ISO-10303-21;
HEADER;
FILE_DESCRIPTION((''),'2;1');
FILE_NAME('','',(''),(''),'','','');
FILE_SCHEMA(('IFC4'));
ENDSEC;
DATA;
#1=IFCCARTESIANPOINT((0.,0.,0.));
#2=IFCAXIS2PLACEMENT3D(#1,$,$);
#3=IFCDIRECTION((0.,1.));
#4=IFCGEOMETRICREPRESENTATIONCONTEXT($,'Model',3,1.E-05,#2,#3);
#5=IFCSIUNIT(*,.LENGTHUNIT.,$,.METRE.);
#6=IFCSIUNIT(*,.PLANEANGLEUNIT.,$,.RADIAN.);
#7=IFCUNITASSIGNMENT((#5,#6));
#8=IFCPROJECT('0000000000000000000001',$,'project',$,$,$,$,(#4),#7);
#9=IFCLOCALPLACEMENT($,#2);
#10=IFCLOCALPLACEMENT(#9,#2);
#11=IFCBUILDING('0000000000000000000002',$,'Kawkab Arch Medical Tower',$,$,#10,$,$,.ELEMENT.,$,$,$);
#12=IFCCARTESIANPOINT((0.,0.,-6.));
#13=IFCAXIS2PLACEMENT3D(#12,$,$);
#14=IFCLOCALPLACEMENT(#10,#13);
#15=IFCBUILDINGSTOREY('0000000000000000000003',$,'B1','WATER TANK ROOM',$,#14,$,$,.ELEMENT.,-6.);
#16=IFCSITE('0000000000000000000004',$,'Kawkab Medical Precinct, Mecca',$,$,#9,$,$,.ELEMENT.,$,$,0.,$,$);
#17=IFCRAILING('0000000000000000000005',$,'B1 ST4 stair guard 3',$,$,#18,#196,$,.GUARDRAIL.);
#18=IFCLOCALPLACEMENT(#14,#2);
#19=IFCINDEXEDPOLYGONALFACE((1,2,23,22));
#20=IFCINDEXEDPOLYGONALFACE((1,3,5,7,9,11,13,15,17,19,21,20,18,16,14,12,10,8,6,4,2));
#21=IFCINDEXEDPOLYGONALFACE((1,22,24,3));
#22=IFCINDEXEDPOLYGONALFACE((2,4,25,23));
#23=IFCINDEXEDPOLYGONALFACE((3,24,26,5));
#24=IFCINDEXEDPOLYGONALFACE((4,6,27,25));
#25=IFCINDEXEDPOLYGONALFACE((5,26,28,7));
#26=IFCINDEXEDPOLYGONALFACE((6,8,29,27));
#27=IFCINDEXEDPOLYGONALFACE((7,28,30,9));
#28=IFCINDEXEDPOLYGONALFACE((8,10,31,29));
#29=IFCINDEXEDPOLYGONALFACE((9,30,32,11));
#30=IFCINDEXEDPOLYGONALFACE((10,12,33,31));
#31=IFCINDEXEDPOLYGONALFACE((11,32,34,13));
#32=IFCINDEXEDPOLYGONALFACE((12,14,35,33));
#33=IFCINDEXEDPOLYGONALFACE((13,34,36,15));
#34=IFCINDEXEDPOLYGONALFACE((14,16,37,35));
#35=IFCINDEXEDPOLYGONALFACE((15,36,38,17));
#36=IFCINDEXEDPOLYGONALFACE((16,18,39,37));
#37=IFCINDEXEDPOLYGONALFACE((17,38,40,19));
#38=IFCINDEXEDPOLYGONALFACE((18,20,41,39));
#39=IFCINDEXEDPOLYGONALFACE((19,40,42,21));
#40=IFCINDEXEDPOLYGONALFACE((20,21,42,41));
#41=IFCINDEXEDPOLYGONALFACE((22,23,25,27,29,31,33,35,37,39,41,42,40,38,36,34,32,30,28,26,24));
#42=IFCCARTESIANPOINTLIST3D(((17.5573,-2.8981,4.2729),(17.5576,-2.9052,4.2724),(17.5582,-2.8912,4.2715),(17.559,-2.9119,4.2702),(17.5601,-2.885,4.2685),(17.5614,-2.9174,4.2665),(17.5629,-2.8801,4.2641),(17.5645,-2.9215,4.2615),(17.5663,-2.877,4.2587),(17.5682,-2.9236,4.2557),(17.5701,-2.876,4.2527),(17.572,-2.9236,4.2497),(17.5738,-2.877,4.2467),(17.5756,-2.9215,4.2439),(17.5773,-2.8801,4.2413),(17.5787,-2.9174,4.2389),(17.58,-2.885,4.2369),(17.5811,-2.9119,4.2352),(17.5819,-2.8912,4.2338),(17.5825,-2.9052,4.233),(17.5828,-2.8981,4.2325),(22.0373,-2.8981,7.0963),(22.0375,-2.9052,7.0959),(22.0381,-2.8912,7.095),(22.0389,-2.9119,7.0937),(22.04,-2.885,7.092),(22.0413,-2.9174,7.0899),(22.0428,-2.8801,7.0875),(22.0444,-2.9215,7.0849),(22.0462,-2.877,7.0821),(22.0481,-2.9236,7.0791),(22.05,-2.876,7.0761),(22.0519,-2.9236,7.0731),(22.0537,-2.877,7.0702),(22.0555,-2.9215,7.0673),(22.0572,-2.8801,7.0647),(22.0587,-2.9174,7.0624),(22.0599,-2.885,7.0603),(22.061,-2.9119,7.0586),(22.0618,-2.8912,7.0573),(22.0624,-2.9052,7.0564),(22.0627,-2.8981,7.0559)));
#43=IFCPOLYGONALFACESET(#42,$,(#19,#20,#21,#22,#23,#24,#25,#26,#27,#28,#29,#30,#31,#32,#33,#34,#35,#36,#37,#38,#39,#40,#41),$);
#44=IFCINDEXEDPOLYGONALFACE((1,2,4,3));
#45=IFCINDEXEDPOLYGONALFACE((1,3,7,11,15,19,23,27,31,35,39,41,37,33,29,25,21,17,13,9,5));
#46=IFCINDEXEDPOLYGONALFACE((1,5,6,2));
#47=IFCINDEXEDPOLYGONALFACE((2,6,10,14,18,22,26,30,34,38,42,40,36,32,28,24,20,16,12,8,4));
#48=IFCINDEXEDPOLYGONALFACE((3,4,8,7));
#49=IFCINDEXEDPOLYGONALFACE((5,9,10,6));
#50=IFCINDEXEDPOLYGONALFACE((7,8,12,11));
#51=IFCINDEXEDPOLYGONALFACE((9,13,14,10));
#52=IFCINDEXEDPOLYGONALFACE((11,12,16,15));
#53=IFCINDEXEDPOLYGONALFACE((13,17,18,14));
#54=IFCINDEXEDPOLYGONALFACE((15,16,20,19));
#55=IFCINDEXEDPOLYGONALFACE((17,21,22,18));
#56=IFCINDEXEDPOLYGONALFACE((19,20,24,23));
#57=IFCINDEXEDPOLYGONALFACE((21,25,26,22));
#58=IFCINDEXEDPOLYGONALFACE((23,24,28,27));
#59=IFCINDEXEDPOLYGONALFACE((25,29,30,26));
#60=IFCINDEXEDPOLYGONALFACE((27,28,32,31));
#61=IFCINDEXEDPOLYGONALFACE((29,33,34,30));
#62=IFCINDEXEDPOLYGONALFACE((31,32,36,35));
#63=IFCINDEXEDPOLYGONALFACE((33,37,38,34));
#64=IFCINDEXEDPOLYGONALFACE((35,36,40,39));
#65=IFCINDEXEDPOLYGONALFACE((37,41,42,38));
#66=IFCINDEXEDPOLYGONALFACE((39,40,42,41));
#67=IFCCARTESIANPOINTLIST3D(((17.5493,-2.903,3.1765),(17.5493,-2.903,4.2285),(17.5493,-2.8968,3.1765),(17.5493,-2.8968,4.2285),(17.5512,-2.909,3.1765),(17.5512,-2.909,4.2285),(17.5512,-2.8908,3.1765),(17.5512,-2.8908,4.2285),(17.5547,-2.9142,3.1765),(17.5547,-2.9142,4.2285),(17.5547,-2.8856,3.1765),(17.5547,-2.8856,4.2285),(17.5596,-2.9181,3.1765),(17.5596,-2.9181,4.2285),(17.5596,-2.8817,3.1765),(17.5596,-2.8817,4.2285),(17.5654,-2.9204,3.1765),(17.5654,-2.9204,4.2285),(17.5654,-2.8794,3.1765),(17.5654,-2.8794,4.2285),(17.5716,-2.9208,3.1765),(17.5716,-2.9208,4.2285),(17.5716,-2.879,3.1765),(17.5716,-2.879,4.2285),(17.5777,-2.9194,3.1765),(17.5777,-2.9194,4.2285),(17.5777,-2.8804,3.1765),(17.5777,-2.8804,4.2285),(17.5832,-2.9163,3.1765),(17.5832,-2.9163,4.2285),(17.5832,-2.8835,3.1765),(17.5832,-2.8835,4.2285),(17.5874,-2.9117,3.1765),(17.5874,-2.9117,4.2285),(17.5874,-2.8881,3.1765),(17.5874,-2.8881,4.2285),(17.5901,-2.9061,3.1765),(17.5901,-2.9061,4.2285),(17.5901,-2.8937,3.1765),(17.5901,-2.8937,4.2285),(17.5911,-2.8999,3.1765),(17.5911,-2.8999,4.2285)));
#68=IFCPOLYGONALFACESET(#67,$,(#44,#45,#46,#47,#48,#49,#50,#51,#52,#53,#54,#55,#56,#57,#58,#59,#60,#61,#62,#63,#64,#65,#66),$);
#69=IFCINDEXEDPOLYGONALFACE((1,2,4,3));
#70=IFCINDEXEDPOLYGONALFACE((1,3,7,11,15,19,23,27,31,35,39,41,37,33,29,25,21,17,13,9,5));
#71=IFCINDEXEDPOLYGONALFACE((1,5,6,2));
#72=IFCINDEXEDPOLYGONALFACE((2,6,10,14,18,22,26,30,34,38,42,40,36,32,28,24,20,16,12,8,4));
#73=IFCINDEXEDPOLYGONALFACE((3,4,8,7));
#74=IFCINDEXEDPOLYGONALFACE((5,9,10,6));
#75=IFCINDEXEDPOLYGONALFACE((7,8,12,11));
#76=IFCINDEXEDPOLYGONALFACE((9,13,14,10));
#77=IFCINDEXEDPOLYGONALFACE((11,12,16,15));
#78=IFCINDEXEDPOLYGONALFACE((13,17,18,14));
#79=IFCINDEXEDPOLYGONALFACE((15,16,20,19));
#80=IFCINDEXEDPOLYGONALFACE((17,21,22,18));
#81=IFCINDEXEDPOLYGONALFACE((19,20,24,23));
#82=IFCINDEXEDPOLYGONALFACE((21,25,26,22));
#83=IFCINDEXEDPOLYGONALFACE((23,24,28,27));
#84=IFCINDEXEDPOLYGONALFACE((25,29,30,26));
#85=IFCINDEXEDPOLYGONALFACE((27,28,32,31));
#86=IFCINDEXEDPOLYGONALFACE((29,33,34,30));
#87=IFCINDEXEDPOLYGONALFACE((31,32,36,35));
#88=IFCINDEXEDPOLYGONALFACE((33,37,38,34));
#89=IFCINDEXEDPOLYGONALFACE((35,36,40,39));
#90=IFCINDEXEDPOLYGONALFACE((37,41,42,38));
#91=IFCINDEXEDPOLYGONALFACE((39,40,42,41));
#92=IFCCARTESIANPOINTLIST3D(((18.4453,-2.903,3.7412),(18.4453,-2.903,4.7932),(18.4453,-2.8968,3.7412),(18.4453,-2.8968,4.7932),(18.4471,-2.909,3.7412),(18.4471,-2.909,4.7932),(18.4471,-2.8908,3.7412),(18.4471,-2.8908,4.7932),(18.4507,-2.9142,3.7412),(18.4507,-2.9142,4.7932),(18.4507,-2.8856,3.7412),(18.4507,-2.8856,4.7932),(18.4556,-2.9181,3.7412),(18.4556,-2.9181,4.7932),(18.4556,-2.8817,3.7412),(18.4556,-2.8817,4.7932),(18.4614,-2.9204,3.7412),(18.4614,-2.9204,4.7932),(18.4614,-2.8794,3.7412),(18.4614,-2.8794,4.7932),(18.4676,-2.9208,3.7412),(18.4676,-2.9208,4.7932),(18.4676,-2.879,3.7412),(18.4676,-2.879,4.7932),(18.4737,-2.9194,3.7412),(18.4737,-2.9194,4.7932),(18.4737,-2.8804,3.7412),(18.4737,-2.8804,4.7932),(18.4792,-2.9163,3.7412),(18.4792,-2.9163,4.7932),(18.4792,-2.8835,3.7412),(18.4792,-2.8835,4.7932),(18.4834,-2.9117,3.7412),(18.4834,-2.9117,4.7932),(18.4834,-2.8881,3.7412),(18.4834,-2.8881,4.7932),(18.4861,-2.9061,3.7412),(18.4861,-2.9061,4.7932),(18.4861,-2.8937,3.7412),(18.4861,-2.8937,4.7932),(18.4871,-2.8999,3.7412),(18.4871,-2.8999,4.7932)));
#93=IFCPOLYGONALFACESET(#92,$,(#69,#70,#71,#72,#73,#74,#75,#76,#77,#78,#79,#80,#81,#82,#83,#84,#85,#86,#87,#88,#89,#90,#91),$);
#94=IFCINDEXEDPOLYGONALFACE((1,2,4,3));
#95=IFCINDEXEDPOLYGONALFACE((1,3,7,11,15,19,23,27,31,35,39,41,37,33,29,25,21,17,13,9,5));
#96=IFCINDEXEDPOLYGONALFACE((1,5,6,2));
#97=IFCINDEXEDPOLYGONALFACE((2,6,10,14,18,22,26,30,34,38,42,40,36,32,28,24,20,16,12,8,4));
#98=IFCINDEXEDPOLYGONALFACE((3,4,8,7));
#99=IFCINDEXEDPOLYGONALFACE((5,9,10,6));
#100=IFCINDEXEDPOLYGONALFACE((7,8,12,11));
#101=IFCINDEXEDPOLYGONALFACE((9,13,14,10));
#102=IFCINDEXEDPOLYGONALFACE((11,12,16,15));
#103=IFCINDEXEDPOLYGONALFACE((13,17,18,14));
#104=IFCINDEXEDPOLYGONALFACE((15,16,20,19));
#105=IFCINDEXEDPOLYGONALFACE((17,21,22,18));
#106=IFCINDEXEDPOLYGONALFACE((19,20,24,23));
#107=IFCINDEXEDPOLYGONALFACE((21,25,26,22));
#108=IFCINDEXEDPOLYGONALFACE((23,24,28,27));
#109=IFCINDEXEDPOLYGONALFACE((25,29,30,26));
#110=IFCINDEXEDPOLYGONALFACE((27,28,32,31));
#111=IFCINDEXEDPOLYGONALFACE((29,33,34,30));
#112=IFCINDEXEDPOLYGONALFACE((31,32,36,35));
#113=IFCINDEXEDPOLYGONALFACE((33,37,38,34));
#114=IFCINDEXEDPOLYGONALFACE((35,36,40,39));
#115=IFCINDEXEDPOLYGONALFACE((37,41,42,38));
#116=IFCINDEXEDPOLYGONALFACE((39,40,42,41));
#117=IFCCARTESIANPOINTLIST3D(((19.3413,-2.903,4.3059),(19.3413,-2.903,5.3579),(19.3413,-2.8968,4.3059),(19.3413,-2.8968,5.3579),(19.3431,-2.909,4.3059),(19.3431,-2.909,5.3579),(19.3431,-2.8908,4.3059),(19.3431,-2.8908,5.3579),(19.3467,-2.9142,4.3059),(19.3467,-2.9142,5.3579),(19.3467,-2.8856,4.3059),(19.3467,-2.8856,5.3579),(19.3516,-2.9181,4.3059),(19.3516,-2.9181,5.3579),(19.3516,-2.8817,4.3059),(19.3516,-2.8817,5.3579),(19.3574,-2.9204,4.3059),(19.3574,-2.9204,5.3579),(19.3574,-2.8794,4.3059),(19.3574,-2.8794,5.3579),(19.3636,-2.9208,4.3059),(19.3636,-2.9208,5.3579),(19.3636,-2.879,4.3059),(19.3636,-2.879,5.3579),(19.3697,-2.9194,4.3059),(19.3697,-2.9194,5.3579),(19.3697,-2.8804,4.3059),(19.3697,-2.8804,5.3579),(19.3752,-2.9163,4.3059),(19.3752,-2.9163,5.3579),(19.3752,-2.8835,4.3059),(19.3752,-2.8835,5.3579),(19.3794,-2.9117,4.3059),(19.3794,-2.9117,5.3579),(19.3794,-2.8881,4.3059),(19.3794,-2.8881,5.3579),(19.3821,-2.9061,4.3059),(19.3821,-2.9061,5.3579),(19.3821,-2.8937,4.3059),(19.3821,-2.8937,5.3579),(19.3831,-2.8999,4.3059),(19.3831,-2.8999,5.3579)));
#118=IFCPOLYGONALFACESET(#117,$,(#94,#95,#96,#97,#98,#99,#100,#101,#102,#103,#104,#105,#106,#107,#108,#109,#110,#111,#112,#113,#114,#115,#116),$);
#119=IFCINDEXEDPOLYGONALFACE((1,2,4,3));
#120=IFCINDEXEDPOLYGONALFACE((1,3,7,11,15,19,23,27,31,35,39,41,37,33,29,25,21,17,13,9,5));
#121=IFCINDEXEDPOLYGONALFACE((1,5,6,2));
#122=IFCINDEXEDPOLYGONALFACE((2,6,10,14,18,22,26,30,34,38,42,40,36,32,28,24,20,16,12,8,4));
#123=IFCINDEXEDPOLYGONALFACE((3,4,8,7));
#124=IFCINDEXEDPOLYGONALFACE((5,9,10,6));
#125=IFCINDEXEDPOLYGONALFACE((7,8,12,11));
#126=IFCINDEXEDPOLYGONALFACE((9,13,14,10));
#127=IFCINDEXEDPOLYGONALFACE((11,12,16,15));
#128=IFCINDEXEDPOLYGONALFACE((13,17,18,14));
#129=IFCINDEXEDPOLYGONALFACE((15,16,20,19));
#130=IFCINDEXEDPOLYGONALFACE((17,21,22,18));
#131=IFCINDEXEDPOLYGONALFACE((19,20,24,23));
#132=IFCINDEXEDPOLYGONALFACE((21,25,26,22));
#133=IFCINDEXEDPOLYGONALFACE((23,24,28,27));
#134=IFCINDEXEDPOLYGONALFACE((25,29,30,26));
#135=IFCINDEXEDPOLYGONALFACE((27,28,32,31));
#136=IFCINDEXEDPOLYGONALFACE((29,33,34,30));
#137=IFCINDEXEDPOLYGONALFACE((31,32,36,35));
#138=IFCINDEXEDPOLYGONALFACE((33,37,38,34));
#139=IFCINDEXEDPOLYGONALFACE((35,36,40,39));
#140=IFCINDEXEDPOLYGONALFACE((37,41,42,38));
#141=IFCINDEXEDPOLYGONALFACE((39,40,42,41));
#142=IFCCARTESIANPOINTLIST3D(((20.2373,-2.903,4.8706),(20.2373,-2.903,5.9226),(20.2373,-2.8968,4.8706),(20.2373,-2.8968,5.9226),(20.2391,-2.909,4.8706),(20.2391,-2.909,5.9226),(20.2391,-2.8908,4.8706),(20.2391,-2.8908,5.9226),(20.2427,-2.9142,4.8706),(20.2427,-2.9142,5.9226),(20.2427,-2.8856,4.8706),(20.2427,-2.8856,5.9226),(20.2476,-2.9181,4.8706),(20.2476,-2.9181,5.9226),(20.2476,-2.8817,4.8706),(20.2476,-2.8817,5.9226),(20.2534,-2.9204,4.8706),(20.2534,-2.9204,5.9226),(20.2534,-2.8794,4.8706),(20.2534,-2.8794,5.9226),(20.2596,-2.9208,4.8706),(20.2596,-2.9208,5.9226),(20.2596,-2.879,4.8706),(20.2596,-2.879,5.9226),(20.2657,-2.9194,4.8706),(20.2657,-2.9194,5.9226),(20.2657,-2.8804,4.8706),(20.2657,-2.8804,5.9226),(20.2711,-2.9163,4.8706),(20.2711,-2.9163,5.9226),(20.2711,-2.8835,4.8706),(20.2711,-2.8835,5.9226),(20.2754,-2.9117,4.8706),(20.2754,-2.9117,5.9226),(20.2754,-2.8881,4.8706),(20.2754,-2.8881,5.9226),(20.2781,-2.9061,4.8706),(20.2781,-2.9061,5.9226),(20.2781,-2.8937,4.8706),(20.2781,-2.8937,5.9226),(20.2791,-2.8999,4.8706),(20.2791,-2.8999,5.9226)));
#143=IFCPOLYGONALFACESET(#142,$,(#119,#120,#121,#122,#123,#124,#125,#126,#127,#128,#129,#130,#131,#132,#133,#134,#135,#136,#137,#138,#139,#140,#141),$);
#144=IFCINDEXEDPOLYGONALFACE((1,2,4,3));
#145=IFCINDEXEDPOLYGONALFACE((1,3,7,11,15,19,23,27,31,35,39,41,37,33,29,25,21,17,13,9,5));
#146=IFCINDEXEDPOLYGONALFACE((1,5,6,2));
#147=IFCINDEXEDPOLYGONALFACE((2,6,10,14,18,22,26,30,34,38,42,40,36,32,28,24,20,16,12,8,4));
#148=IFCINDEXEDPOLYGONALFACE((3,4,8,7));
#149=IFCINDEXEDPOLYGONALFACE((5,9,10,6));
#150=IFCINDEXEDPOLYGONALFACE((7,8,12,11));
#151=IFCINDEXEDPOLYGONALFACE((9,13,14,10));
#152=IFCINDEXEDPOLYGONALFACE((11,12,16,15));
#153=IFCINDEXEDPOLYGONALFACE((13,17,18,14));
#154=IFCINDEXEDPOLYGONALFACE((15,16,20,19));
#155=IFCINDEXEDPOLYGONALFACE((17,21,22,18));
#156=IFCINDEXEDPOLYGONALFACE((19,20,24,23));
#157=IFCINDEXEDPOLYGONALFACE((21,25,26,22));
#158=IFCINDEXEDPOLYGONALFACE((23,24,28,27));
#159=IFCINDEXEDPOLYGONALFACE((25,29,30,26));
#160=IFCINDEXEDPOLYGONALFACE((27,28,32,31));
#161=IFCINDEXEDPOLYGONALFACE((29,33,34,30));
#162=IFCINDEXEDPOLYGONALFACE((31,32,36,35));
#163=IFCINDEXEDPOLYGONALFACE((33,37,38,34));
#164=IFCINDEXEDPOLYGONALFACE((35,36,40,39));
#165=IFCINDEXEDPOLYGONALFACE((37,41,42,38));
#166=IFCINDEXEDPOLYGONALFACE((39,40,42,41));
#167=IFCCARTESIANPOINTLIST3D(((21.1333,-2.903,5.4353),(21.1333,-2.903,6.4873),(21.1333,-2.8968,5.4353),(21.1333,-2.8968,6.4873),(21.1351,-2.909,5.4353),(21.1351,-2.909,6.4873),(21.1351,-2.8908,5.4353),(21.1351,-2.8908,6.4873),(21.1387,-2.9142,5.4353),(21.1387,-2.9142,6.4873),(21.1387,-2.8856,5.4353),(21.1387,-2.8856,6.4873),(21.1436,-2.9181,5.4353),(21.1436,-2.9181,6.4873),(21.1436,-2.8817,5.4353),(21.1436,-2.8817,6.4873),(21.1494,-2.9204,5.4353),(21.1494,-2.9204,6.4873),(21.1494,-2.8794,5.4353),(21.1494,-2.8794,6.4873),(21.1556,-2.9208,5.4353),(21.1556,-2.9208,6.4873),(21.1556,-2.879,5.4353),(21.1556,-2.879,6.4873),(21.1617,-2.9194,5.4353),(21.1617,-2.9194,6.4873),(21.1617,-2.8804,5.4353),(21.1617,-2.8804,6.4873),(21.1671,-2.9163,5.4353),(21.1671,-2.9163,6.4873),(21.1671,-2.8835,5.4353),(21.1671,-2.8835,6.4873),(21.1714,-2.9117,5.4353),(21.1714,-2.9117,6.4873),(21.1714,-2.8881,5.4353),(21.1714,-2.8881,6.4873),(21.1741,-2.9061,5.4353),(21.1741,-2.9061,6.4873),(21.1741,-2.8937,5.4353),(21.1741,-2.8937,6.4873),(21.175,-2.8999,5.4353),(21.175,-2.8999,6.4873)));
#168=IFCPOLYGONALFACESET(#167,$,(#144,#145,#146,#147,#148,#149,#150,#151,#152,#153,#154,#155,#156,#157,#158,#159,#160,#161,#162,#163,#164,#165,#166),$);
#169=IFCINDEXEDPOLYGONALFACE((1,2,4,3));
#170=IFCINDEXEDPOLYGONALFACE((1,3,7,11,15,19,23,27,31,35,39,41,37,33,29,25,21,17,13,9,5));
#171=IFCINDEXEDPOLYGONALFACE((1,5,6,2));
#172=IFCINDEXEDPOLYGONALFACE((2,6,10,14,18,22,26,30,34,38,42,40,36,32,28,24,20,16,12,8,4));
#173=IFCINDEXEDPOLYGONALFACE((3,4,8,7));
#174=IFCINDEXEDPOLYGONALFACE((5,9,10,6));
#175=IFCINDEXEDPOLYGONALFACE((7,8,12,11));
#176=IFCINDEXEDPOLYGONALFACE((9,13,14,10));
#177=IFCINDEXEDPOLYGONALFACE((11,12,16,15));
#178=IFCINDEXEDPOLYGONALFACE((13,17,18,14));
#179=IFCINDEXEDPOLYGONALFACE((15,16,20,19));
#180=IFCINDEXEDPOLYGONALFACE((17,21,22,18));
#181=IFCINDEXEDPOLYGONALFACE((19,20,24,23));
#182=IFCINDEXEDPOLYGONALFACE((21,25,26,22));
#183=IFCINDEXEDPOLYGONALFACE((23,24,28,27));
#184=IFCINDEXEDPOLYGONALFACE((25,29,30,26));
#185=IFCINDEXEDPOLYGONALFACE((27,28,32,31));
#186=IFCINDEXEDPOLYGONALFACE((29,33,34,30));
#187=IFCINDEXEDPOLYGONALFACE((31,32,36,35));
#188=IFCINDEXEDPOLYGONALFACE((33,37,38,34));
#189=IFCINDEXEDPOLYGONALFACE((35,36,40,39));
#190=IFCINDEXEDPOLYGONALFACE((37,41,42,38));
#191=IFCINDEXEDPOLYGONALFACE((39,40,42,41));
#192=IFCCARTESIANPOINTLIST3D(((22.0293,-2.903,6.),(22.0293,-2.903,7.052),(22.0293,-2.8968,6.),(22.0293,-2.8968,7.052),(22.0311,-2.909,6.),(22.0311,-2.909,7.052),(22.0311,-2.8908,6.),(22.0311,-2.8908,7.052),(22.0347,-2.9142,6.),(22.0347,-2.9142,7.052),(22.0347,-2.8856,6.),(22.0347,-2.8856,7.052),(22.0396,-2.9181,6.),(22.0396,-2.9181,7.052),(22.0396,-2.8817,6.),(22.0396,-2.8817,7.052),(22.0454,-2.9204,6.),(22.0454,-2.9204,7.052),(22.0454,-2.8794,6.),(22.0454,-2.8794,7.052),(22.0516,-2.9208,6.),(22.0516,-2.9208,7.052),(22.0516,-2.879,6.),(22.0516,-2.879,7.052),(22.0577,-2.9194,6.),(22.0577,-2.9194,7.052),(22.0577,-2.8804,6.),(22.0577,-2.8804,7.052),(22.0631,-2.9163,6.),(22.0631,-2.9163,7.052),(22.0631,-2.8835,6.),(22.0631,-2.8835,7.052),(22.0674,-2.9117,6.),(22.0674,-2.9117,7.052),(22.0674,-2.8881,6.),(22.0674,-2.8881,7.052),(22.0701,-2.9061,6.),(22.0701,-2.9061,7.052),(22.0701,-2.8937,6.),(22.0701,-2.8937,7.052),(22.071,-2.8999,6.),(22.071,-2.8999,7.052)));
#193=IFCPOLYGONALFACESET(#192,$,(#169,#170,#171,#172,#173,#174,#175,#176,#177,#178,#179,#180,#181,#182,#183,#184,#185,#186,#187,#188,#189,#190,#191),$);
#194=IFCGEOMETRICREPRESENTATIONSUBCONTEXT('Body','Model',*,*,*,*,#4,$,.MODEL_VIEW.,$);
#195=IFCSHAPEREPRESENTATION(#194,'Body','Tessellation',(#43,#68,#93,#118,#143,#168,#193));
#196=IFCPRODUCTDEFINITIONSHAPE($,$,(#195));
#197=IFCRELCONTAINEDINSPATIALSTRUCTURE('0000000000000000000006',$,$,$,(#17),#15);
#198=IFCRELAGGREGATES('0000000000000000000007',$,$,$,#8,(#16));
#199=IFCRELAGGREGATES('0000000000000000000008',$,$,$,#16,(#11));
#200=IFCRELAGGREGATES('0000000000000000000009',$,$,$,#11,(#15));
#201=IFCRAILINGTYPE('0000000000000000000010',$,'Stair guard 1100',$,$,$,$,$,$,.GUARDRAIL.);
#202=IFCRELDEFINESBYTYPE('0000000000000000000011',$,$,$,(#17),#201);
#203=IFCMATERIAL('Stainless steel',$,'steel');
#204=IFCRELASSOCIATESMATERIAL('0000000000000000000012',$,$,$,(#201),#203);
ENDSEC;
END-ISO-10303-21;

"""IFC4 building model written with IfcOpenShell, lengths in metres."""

from ifc_helpers import new_model, si_unit, direction, frame, origin, origin_2d, place, context, subcontext, project, spatial, circle, extrude, material, type_object, element, save


model = new_model("IFC4")

# Units and contexts
model_context = context("Model", 3, precision=1e-05, world=origin(), true_north=direction((0.0, 1.0)))
body_context = subcontext(model_context, "Body", "Model", "MODEL_VIEW")
ifc_project = project(units=[si_unit("LENGTHUNIT", "METRE"), si_unit("PLANEANGLEUNIT", "RADIAN")], contexts=[model_context])

# Site, building, storey
site_placement = place(None, origin())
site = spatial("IfcSite", under=ifc_project, at=site_placement, Name="Kawkab Medical Precinct, Mecca", CompositionType="ELEMENT", RefElevation=0.0)
building_placement = place(site_placement, origin())
building = spatial("IfcBuilding", under=site, at=building_placement, Name="Kawkab Arch Medical Tower", CompositionType="ELEMENT")
storey_placement = place(building_placement, frame((0.0, 0.0, -6.0)))
storey = spatial("IfcBuildingStorey", under=building, at=storey_placement, Name="B1", Description="WATER TANK ROOM", CompositionType="ELEMENT", Elevation=-6.0)

# Railing
ifc_material_1 = material(Name="Stainless steel", Category="steel")
railing_type = type_object("IfcRailingType", Name="Stair guard 1100", PredefinedType="GUARDRAIL", material=ifc_material_1)
railing_1_placement = place(storey_placement, frame((17.5701, -2.8999, 3.1765)))
element("IfcRailing", 1, at=railing_1_placement, inside=storey, type_object=railing_type, Name="B1 ST4 stair guard 3", PredefinedType="GUARDRAIL", context=body_context, shape_type="SweptSolid", body=[
    extrude(circle(Radius=0.0239, at=origin_2d()), frame((0.0, 0.0, 1.0762), z_axis=(0.845998, 0.0, 0.533186), x_axis=(0.0, 1.0, 0.0)), (0.0, 0.0, 1.0), 5.2954),
    extrude(circle(Radius=0.021, at=origin_2d()), origin(), (0.0, 0.0, 1.0), 1.052),
    extrude(circle(Radius=0.021, at=origin_2d()), frame((0.896, 0.0, 0.5647)), (0.0, 0.0, 1.0), 1.052),
    extrude(circle(Radius=0.021, at=origin_2d()), frame((1.792, 0.0, 1.1294)), (0.0, 0.0, 1.0), 1.052),
    extrude(circle(Radius=0.021, at=origin_2d()), frame((2.688, 0.0, 1.6941)), (0.0, 0.0, 1.0), 1.052),
    extrude(circle(Radius=0.021, at=origin_2d()), frame((3.584, 0.0, 2.2588)), (0.0, 0.0, 1.0), 1.052),
    extrude(circle(Radius=0.021, at=origin_2d()), frame((4.48, 0.0, 2.8235)), (0.0, 0.0, 1.0), 1.052),
])

save(model, "model.ifc")
